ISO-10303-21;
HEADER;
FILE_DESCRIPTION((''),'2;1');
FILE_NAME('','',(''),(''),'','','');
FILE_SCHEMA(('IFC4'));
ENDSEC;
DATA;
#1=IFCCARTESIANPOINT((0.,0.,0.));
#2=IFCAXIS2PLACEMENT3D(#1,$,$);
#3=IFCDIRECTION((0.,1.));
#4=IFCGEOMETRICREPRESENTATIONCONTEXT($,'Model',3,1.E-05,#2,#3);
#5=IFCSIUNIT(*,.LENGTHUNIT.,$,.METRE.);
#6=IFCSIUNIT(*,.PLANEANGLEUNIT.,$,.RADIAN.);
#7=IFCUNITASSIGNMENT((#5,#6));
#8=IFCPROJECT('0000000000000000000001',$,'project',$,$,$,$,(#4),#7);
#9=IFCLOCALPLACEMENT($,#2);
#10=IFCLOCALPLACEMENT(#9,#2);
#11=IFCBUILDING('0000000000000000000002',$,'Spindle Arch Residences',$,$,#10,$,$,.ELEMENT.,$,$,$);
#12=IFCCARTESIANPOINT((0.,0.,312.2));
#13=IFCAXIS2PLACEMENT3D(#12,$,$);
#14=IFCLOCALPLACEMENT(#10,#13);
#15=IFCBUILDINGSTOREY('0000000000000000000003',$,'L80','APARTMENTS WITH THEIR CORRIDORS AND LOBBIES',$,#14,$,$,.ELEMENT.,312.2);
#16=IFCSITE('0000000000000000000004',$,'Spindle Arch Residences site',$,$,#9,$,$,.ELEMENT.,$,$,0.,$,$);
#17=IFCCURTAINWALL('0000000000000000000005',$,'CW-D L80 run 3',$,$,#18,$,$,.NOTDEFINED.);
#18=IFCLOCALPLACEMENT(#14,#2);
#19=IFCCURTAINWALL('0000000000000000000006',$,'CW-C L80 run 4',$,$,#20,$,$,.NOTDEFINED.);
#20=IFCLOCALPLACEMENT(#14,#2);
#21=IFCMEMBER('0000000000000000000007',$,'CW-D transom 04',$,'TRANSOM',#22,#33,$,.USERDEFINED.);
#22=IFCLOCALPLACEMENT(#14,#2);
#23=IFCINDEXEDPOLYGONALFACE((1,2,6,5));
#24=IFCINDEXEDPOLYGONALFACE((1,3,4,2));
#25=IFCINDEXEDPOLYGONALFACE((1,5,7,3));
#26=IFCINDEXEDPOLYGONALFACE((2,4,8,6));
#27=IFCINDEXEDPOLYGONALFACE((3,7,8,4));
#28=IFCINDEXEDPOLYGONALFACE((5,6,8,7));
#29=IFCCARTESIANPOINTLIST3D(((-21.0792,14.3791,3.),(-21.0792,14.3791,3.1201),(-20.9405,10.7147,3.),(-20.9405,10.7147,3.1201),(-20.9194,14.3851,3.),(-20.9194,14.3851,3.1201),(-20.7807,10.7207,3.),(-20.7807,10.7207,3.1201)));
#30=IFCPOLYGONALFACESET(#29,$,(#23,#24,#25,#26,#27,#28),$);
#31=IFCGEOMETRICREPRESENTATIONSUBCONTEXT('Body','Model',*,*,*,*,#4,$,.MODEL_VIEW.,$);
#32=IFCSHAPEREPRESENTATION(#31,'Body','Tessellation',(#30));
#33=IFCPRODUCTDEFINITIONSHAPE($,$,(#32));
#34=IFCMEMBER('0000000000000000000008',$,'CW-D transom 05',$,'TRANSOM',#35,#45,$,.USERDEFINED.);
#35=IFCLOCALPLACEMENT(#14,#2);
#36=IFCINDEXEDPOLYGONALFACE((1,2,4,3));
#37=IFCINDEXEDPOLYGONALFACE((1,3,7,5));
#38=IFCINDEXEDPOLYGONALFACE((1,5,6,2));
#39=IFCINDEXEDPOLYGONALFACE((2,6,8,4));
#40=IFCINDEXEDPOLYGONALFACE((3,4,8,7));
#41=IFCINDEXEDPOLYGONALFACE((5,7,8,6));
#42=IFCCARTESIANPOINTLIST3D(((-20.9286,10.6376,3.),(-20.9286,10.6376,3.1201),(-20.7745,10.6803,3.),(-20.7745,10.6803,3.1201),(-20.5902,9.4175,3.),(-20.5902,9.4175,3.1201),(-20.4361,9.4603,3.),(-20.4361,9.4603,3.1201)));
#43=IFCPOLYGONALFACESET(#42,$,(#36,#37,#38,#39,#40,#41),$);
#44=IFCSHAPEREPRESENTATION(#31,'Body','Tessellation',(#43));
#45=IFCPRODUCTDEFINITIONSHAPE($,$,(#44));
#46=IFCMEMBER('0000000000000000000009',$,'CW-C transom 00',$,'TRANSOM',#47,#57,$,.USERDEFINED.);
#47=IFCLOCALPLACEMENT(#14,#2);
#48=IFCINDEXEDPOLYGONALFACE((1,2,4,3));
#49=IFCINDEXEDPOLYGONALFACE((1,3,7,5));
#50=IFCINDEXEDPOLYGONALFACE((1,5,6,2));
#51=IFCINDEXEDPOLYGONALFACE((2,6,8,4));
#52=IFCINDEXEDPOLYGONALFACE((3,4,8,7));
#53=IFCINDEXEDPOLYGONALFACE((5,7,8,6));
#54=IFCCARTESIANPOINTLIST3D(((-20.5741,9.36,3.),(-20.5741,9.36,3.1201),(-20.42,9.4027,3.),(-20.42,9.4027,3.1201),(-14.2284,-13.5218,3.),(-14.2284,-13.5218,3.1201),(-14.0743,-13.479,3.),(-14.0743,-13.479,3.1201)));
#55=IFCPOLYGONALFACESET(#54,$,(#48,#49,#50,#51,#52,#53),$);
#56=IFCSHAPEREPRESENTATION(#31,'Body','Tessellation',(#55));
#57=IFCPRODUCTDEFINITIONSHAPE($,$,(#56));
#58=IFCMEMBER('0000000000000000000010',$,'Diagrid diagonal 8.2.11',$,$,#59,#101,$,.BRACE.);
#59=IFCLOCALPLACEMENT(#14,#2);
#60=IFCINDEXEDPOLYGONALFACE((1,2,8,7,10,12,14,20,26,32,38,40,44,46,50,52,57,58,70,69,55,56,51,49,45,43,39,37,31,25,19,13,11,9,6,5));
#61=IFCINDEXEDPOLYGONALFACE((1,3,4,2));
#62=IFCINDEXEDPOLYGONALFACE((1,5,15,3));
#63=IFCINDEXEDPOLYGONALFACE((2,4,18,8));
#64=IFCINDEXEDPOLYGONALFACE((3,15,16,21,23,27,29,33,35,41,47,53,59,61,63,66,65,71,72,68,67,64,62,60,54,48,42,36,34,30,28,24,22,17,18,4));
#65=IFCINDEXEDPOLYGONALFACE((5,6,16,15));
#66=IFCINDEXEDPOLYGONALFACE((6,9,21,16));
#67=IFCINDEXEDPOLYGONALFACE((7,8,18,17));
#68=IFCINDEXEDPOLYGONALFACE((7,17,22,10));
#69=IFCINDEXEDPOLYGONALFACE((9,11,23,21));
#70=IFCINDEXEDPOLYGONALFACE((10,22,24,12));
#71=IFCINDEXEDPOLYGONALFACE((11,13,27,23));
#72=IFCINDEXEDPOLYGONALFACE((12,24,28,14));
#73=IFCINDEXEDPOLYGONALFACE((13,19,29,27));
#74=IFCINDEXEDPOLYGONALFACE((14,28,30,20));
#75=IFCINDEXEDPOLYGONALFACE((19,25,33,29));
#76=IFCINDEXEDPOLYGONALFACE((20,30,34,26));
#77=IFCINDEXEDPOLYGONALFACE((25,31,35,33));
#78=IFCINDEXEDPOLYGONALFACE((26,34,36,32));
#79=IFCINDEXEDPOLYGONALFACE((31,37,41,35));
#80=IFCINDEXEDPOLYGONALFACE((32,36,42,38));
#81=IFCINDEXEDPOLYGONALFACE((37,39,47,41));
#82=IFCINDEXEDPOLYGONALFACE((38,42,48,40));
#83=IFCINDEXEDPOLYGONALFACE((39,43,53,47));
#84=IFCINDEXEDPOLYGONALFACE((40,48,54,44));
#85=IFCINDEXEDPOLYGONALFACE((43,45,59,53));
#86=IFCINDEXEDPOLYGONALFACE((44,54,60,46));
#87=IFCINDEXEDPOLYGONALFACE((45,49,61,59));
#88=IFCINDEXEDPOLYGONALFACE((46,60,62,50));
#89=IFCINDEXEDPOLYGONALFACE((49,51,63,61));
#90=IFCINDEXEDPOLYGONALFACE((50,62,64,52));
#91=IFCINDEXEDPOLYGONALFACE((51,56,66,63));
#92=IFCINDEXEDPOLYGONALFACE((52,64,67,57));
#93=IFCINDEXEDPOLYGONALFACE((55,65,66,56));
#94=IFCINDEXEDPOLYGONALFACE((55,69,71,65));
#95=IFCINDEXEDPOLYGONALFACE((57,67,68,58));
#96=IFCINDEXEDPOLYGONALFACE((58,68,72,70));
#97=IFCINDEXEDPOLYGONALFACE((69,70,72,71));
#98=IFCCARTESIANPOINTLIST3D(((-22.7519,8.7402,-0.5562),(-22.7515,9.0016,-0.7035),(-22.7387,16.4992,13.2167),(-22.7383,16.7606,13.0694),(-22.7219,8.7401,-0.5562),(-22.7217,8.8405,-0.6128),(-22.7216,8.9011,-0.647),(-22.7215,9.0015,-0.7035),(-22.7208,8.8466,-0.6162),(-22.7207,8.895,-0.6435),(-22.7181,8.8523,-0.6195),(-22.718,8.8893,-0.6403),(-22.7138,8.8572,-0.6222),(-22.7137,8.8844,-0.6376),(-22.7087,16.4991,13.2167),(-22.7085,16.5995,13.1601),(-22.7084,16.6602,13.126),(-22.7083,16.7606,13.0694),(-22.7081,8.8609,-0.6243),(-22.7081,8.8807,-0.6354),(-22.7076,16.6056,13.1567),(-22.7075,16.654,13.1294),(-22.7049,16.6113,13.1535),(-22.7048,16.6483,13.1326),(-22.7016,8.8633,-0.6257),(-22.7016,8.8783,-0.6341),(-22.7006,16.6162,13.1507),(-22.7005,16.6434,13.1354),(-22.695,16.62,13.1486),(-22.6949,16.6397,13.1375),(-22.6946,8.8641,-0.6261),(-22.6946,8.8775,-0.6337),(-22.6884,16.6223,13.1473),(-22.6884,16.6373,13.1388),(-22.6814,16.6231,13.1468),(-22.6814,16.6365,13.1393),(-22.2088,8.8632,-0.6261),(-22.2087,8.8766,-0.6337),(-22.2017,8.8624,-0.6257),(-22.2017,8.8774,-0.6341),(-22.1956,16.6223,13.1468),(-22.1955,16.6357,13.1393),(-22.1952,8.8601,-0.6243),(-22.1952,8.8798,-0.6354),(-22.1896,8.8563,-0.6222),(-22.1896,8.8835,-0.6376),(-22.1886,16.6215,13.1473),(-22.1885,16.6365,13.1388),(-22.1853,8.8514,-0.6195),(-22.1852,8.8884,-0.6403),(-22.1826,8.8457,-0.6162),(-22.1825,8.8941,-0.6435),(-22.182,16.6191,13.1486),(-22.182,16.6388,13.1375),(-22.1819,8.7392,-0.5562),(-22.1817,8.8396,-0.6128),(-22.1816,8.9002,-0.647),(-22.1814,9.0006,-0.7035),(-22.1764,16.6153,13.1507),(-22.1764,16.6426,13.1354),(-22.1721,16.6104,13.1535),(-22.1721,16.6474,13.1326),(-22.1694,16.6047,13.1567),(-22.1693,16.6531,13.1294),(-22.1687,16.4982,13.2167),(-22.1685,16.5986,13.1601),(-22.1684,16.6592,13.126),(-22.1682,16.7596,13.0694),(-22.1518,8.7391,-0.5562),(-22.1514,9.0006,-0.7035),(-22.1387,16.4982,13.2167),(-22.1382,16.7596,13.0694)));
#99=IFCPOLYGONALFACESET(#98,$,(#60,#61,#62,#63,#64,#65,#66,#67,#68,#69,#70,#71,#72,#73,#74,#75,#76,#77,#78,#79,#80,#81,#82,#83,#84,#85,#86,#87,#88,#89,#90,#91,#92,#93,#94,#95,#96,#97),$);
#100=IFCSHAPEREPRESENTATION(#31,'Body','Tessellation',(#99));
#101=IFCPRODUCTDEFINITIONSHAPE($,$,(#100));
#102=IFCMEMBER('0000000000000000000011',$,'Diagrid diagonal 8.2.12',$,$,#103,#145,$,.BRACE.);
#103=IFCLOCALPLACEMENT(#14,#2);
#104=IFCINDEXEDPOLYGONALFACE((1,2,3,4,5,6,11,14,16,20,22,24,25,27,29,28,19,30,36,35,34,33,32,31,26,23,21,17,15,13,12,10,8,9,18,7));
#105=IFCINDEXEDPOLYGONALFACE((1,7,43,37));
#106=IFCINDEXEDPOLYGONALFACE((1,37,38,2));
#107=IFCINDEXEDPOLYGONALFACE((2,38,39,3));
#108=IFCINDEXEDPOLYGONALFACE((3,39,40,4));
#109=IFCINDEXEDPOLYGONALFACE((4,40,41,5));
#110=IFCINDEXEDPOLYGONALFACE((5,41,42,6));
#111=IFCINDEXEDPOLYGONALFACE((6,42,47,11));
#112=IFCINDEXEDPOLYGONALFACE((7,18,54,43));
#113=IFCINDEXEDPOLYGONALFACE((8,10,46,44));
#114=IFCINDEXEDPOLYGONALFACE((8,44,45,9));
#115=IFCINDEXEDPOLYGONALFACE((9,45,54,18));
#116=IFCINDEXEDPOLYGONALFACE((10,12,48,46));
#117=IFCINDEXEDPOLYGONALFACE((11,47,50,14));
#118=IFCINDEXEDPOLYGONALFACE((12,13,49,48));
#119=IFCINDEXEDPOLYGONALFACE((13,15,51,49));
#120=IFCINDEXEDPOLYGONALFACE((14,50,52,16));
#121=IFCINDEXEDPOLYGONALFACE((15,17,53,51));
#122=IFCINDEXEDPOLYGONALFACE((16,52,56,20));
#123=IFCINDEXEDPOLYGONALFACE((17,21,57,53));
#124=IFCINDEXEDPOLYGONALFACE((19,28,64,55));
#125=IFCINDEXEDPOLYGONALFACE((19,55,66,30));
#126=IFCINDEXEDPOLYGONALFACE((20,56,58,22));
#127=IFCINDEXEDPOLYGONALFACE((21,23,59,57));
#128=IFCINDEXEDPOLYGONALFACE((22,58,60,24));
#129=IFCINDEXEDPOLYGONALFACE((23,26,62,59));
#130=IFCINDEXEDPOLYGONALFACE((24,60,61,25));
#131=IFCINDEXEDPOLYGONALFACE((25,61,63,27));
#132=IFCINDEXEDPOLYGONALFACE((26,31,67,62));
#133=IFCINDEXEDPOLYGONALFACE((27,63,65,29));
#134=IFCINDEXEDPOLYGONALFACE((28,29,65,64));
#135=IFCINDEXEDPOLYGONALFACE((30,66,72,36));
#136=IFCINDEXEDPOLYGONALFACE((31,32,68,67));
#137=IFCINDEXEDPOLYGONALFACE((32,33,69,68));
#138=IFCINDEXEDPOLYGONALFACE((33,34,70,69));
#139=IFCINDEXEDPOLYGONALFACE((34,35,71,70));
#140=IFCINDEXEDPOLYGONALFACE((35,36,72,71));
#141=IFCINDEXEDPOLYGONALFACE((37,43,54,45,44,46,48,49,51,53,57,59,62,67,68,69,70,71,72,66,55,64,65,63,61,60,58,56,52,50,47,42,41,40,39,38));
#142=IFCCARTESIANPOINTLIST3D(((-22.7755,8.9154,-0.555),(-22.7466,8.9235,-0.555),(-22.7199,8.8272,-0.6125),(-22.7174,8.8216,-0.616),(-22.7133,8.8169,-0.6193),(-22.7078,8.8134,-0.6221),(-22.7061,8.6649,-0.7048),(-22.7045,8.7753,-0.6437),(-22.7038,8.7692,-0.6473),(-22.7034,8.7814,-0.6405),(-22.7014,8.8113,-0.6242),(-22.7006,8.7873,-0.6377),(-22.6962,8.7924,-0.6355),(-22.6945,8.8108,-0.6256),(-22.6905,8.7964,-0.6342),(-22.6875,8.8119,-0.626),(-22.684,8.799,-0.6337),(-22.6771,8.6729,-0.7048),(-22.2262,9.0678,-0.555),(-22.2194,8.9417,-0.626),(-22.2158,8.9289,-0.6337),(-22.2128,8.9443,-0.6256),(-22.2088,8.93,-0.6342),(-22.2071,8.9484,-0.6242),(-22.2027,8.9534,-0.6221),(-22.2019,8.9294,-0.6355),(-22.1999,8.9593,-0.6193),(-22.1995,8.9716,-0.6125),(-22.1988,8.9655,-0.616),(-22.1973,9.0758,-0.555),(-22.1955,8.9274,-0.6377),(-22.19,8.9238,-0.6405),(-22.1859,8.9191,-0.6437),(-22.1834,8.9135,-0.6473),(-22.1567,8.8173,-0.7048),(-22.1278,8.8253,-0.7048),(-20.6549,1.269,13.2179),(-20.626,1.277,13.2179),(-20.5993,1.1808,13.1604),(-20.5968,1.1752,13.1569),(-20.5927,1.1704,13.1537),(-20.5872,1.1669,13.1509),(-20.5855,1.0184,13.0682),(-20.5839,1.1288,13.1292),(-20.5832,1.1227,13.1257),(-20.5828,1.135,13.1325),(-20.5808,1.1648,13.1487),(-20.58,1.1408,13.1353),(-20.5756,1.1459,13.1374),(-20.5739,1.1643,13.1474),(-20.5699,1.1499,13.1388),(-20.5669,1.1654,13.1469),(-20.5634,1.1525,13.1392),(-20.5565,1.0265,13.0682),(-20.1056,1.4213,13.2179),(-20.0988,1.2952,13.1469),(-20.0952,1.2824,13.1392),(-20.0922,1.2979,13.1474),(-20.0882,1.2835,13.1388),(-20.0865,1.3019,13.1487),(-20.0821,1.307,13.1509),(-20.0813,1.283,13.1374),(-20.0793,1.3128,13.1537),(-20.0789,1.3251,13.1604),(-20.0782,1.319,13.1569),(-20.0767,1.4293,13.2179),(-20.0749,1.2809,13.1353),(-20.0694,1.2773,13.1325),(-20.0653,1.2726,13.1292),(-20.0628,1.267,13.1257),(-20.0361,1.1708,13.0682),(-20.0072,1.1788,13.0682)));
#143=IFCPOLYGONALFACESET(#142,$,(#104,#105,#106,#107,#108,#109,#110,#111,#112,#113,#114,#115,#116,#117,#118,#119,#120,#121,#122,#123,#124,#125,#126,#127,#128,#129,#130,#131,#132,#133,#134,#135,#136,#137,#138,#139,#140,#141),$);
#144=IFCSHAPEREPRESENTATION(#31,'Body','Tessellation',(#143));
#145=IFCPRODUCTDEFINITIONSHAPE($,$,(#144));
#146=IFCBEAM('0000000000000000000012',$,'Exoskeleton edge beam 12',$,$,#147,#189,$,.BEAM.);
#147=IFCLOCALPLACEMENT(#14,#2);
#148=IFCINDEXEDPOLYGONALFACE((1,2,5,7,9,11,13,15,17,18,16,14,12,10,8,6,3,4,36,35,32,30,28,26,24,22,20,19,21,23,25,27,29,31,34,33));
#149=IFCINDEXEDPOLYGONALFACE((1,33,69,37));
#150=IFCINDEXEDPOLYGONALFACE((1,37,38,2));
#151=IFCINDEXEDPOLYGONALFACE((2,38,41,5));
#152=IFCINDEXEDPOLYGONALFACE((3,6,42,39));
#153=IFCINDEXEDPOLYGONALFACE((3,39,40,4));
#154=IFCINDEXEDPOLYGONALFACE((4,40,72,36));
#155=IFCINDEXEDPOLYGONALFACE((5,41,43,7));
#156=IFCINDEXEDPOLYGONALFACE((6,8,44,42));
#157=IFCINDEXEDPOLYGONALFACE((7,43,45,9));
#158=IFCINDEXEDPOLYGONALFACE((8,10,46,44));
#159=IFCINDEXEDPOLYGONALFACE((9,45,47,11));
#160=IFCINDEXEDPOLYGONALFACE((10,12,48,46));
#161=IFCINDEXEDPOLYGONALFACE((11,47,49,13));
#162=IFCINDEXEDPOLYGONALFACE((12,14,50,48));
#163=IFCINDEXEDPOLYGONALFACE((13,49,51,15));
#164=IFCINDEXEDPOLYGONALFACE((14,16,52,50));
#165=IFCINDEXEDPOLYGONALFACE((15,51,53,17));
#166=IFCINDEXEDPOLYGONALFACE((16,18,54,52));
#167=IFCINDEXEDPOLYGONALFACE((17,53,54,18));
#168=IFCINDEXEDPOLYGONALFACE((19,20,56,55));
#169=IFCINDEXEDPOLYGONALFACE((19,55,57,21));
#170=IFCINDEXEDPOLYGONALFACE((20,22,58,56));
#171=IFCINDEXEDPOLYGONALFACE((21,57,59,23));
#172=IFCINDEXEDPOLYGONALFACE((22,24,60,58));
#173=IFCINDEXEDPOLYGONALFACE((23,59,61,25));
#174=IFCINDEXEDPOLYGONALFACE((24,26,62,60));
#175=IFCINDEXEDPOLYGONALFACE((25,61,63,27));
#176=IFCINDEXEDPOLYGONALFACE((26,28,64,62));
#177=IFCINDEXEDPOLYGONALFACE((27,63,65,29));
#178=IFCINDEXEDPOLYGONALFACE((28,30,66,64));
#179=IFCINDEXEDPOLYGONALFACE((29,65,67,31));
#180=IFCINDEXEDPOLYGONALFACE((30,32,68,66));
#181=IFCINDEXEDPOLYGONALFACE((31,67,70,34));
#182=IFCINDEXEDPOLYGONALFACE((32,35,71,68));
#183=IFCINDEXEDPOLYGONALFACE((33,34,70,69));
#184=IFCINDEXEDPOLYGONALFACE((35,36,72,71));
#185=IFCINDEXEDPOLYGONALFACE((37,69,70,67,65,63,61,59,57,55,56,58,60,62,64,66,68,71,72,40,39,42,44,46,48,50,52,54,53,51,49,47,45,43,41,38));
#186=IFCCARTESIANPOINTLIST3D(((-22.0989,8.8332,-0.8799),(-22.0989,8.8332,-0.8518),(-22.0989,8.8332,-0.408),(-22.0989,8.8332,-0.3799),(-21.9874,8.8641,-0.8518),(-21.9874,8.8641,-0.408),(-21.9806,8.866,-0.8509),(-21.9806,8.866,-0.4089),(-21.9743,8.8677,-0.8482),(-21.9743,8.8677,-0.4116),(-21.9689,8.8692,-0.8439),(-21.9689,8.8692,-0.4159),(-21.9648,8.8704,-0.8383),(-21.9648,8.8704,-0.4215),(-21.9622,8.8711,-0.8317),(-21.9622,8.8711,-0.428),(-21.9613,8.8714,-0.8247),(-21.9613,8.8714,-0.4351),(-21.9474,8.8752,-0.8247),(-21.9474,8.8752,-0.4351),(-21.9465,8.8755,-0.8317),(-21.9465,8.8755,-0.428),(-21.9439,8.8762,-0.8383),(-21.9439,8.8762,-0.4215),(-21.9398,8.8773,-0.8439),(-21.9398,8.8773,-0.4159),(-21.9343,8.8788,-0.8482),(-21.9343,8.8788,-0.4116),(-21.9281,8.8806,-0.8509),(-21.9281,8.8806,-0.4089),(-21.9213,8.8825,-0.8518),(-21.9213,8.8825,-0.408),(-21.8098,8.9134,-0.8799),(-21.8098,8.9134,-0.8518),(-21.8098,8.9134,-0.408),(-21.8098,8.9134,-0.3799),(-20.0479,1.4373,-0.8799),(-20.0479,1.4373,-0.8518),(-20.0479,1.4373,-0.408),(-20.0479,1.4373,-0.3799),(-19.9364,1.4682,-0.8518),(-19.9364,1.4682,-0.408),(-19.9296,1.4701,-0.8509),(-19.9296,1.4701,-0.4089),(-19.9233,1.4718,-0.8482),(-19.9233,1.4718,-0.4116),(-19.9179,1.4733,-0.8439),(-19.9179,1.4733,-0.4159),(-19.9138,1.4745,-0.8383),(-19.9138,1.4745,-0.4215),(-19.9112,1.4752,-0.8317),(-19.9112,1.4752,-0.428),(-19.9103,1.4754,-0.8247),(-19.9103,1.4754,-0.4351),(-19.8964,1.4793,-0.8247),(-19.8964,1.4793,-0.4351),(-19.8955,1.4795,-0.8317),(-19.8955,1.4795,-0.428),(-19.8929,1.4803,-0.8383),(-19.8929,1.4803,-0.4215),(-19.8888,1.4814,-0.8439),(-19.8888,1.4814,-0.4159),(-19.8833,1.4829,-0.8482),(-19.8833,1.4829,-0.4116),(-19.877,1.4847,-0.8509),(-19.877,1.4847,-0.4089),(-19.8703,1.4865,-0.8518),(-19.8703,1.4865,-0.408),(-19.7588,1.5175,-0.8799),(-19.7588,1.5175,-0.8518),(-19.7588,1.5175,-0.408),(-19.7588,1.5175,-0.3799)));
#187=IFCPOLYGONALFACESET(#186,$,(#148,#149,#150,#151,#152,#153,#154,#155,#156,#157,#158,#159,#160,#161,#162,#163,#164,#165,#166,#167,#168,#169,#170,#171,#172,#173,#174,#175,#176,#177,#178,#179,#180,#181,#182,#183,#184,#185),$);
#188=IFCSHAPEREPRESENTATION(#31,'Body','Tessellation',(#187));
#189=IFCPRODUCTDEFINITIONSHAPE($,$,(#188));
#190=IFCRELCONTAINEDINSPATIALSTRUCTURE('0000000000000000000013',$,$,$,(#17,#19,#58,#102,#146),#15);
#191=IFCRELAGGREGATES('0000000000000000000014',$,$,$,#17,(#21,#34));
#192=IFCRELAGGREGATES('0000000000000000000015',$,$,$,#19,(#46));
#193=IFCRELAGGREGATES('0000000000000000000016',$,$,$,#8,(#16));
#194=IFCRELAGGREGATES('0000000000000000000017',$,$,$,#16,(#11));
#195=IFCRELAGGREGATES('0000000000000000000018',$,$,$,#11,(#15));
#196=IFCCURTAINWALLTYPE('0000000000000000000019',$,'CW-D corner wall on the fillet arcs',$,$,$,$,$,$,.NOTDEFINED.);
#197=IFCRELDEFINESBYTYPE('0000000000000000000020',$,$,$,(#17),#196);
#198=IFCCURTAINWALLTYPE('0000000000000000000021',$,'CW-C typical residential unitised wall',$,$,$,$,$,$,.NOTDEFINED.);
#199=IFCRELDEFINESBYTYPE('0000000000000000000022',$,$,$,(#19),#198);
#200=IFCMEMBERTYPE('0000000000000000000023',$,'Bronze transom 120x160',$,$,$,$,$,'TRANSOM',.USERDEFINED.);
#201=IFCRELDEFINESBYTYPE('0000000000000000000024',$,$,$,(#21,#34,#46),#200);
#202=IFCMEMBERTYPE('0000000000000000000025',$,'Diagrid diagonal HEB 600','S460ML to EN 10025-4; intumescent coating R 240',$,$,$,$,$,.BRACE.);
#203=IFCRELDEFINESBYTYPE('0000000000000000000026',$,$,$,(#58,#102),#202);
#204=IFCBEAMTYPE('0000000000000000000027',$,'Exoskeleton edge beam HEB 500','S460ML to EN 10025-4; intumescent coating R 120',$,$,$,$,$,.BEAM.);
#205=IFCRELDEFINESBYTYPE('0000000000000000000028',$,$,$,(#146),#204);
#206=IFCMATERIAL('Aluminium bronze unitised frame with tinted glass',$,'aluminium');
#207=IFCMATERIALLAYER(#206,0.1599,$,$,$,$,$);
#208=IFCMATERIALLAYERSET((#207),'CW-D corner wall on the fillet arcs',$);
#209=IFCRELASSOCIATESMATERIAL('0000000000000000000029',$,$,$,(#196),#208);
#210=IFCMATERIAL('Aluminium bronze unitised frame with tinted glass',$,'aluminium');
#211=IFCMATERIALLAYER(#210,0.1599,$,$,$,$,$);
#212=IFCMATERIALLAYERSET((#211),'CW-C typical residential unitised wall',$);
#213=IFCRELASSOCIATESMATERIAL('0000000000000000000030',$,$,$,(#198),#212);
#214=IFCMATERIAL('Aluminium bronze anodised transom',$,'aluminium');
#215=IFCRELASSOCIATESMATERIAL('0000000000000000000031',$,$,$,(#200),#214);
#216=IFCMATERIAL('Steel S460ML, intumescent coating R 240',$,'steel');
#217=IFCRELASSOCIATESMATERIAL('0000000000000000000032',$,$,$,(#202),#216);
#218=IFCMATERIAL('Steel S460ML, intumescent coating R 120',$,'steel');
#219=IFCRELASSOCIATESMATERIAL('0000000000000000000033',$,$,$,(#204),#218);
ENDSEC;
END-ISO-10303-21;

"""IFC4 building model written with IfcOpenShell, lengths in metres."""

from ifc_helpers import new_model, si_unit, direction, frame, origin, origin_2d, place, context, subcontext, project, spatial, rectangle, i_section, extrude, material, layer, layer_set, material_profile, profile_set, type_object, element, aggregate, save


model = new_model("IFC4")

# Units and contexts
model_context = context("Model", 3, precision=1e-05, world=origin(), true_north=direction((0.0, 1.0)))
body_context = subcontext(model_context, "Body", "Model", "MODEL_VIEW")
ifc_project = project(units=[si_unit("LENGTHUNIT", "METRE"), si_unit("PLANEANGLEUNIT", "RADIAN")], contexts=[model_context])

# Site, building, storey
site_placement = place(None, origin())
site = spatial("IfcSite", under=ifc_project, at=site_placement, Name="Spindle Arch Residences site", CompositionType="ELEMENT", RefElevation=0.0)
building_placement = place(site_placement, origin())
building = spatial("IfcBuilding", under=site, at=building_placement, Name="Spindle Arch Residences", CompositionType="ELEMENT")
storey_placement = place(building_placement, frame((0.0, 0.0, 312.2)))
storey = spatial("IfcBuildingStorey", under=building, at=storey_placement, Name="L80", Description="APARTMENTS WITH THEIR CORRIDORS AND LOBBIES", CompositionType="ELEMENT", Elevation=312.2)

# Curtain wall
ifc_material_1 = material(Name="Aluminium bronze unitised frame with tinted glass", Category="aluminium")
ifc_layer_1 = layer(ifc_material_1, 0.1599)
ifc_layer_set_1 = layer_set([ifc_layer_1], Name="CW-D corner wall on the fillet arcs")
curtain_wall_type_1 = type_object("IfcCurtainWallType", Name="CW-D corner wall on the fillet arcs", PredefinedType="NOTDEFINED", material=ifc_layer_set_1)
curtain_wall_1_placement = place(storey_placement, origin())
curtain_wall_1 = element("IfcCurtainWall", 1, at=curtain_wall_1_placement, inside=storey, type_object=curtain_wall_type_1, Name="CW-D L80 run 3", PredefinedType="NOTDEFINED")

# Curtain wall
ifc_material_2 = material(Name="Aluminium bronze unitised frame with tinted glass", Category="aluminium")
ifc_layer_2 = layer(ifc_material_2, 0.1599)
ifc_layer_set_2 = layer_set([ifc_layer_2], Name="CW-C typical residential unitised wall")
curtain_wall_type_2 = type_object("IfcCurtainWallType", Name="CW-C typical residential unitised wall", PredefinedType="NOTDEFINED", material=ifc_layer_set_2)
curtain_wall_2_placement = place(storey_placement, origin())
curtain_wall_2 = element("IfcCurtainWall", 2, at=curtain_wall_2_placement, inside=storey, type_object=curtain_wall_type_2, Name="CW-C L80 run 4", PredefinedType="NOTDEFINED")

# Members
ifc_material_3 = material(Name="Aluminium bronze anodised transom", Category="aluminium")
ifc_material_profile_1 = material_profile(ifc_material_3, rectangle(XDim=0.1599, YDim=0.1201, at=origin_2d()), Name="TR 120x160")
ifc_profile_set_1 = profile_set([ifc_material_profile_1], Name="Aluminium bronze anodised transom")
member_type_1 = type_object("IfcMemberType", Name="Bronze transom 120x160", ElementType="TRANSOM", PredefinedType="USERDEFINED", material=ifc_profile_set_1)
member_1_placement = place(storey_placement, frame((-20.9993, 14.3821, 3.0601), z_axis=(0.037817, -0.999285, 0.0), x_axis=(0.999285, 0.037817, 0.0)))
member_1 = element("IfcMember", 3, at=member_1_placement, type_object=member_type_1, Name="CW-D transom 04", ObjectType="TRANSOM", PredefinedType="USERDEFINED", context=body_context, shape_type="SweptSolid", body=[
    extrude(rectangle(XDim=0.1599, YDim=0.1201, at=origin_2d()), origin(), (0.0, 0.0, 1.0), 3.667),
])
member_2_placement = place(storey_placement, frame((-20.8516, 10.6589, 3.0601), z_axis=(0.267276, -0.96362, 0.0), x_axis=(0.96362, 0.267276, 0.0)))
member_2 = element("IfcMember", 4, at=member_2_placement, type_object=member_type_1, Name="CW-D transom 05", ObjectType="TRANSOM", PredefinedType="USERDEFINED", context=body_context, shape_type="SweptSolid", body=[
    extrude(rectangle(XDim=0.1599, YDim=0.1201, at=origin_2d()), origin(), (0.0, 0.0, 1.0), 1.2661),
])
member_3_placement = place(storey_placement, frame((-20.4971, 9.3813, 3.0601), z_axis=(0.267239, -0.96363, 0.0), x_axis=(0.96363, 0.267239, 0.0)))
member_3 = element("IfcMember", 5, at=member_3_placement, type_object=member_type_1, Name="CW-C transom 00", ObjectType="TRANSOM", PredefinedType="USERDEFINED", context=body_context, shape_type="SweptSolid", body=[
    extrude(rectangle(XDim=0.1599, YDim=0.1201, at=origin_2d()), origin(), (0.0, 0.0, 1.0), 23.7454),
])

# Members
ifc_material_4 = material(Name="Steel S460ML, intumescent coating R 240", Category="steel")
ifc_material_profile_2 = material_profile(ifc_material_4, i_section(OverallWidth=0.3, OverallDepth=0.6001, WebThickness=0.0154, FlangeThickness=0.03, FilletRadius=0.0271, at=origin_2d()), Name="HEB 600")
ifc_profile_set_2 = profile_set([ifc_material_profile_2], Name="Steel S460ML, intumescent coating R 240")
member_type_2 = type_object("IfcMemberType", Name="Diagrid diagonal HEB 600", Description="S460ML to EN 10025-4; intumescent coating R 240", PredefinedType="BRACE", material=ifc_profile_set_2)
member_4_placement = place(storey_placement, frame((-22.4517, 8.8704, -0.6299), z_axis=(0.000834, 0.490826, 0.871257), x_axis=(-0.00148, -0.871256, 0.490826)))
element("IfcMember", 6, at=member_4_placement, inside=storey, type_object=member_type_2, Name="Diagrid diagonal 8.2.11", PredefinedType="BRACE", context=body_context, shape_type="SweptSolid", body=[
    extrude(i_section(OverallWidth=0.3, OverallDepth=0.6001, WebThickness=0.0154, FlangeThickness=0.03, FilletRadius=0.0271, at=origin_2d()), origin(), (0.0, 0.0, 1.0), 15.8081),
])
member_5_placement = place(storey_placement, frame((-22.4517, 8.8704, -0.6299), z_axis=(0.133411, -0.481054, 0.866481), x_axis=(-0.231562, 0.834966, 0.499211)))
element("IfcMember", 7, at=member_5_placement, inside=storey, type_object=member_type_2, Name="Diagrid diagonal 8.2.12", PredefinedType="BRACE", context=body_context, shape_type="SweptSolid", body=[
    extrude(i_section(OverallWidth=0.3, OverallDepth=0.6001, WebThickness=0.0154, FlangeThickness=0.03, FilletRadius=0.0271, at=origin_2d()), origin(), (0.0, 0.0, 1.0), 15.8953),
])

# Beam
ifc_material_5 = material(Name="Steel S460ML, intumescent coating R 120", Category="steel")
ifc_material_profile_3 = material_profile(ifc_material_5, i_section(OverallWidth=0.3, OverallDepth=0.5, WebThickness=0.0144, FlangeThickness=0.0281, FilletRadius=0.0271, at=origin_2d()), Name="HEB 500")
ifc_profile_set_3 = profile_set([ifc_material_profile_3], Name="Steel S460ML, intumescent coating R 120")
beam_type_1 = type_object("IfcBeamType", Name="Exoskeleton edge beam HEB 500", Description="S460ML to EN 10025-4; intumescent coating R 120", PredefinedType="BEAM", material=ifc_profile_set_3)
beam_1_placement = place(storey_placement, frame((-21.9543, 8.8733, -0.6299), z_axis=(0.26723, -0.963633, 0.0), x_axis=(0.963633, 0.26723, 0.0)))
element("IfcBeam", 8, at=beam_1_placement, inside=storey, type_object=beam_type_1, Name="Exoskeleton edge beam 12", PredefinedType="BEAM", context=body_context, shape_type="SweptSolid", body=[
    extrude(i_section(OverallWidth=0.3, OverallDepth=0.5, WebThickness=0.0144, FlangeThickness=0.0281, FilletRadius=0.0271, at=origin_2d()), origin(), (0.0, 0.0, 1.0), 7.675),
])

aggregate(curtain_wall_1, [member_1, member_2])
aggregate(curtain_wall_2, [member_3])

save(model, "model.ifc")
